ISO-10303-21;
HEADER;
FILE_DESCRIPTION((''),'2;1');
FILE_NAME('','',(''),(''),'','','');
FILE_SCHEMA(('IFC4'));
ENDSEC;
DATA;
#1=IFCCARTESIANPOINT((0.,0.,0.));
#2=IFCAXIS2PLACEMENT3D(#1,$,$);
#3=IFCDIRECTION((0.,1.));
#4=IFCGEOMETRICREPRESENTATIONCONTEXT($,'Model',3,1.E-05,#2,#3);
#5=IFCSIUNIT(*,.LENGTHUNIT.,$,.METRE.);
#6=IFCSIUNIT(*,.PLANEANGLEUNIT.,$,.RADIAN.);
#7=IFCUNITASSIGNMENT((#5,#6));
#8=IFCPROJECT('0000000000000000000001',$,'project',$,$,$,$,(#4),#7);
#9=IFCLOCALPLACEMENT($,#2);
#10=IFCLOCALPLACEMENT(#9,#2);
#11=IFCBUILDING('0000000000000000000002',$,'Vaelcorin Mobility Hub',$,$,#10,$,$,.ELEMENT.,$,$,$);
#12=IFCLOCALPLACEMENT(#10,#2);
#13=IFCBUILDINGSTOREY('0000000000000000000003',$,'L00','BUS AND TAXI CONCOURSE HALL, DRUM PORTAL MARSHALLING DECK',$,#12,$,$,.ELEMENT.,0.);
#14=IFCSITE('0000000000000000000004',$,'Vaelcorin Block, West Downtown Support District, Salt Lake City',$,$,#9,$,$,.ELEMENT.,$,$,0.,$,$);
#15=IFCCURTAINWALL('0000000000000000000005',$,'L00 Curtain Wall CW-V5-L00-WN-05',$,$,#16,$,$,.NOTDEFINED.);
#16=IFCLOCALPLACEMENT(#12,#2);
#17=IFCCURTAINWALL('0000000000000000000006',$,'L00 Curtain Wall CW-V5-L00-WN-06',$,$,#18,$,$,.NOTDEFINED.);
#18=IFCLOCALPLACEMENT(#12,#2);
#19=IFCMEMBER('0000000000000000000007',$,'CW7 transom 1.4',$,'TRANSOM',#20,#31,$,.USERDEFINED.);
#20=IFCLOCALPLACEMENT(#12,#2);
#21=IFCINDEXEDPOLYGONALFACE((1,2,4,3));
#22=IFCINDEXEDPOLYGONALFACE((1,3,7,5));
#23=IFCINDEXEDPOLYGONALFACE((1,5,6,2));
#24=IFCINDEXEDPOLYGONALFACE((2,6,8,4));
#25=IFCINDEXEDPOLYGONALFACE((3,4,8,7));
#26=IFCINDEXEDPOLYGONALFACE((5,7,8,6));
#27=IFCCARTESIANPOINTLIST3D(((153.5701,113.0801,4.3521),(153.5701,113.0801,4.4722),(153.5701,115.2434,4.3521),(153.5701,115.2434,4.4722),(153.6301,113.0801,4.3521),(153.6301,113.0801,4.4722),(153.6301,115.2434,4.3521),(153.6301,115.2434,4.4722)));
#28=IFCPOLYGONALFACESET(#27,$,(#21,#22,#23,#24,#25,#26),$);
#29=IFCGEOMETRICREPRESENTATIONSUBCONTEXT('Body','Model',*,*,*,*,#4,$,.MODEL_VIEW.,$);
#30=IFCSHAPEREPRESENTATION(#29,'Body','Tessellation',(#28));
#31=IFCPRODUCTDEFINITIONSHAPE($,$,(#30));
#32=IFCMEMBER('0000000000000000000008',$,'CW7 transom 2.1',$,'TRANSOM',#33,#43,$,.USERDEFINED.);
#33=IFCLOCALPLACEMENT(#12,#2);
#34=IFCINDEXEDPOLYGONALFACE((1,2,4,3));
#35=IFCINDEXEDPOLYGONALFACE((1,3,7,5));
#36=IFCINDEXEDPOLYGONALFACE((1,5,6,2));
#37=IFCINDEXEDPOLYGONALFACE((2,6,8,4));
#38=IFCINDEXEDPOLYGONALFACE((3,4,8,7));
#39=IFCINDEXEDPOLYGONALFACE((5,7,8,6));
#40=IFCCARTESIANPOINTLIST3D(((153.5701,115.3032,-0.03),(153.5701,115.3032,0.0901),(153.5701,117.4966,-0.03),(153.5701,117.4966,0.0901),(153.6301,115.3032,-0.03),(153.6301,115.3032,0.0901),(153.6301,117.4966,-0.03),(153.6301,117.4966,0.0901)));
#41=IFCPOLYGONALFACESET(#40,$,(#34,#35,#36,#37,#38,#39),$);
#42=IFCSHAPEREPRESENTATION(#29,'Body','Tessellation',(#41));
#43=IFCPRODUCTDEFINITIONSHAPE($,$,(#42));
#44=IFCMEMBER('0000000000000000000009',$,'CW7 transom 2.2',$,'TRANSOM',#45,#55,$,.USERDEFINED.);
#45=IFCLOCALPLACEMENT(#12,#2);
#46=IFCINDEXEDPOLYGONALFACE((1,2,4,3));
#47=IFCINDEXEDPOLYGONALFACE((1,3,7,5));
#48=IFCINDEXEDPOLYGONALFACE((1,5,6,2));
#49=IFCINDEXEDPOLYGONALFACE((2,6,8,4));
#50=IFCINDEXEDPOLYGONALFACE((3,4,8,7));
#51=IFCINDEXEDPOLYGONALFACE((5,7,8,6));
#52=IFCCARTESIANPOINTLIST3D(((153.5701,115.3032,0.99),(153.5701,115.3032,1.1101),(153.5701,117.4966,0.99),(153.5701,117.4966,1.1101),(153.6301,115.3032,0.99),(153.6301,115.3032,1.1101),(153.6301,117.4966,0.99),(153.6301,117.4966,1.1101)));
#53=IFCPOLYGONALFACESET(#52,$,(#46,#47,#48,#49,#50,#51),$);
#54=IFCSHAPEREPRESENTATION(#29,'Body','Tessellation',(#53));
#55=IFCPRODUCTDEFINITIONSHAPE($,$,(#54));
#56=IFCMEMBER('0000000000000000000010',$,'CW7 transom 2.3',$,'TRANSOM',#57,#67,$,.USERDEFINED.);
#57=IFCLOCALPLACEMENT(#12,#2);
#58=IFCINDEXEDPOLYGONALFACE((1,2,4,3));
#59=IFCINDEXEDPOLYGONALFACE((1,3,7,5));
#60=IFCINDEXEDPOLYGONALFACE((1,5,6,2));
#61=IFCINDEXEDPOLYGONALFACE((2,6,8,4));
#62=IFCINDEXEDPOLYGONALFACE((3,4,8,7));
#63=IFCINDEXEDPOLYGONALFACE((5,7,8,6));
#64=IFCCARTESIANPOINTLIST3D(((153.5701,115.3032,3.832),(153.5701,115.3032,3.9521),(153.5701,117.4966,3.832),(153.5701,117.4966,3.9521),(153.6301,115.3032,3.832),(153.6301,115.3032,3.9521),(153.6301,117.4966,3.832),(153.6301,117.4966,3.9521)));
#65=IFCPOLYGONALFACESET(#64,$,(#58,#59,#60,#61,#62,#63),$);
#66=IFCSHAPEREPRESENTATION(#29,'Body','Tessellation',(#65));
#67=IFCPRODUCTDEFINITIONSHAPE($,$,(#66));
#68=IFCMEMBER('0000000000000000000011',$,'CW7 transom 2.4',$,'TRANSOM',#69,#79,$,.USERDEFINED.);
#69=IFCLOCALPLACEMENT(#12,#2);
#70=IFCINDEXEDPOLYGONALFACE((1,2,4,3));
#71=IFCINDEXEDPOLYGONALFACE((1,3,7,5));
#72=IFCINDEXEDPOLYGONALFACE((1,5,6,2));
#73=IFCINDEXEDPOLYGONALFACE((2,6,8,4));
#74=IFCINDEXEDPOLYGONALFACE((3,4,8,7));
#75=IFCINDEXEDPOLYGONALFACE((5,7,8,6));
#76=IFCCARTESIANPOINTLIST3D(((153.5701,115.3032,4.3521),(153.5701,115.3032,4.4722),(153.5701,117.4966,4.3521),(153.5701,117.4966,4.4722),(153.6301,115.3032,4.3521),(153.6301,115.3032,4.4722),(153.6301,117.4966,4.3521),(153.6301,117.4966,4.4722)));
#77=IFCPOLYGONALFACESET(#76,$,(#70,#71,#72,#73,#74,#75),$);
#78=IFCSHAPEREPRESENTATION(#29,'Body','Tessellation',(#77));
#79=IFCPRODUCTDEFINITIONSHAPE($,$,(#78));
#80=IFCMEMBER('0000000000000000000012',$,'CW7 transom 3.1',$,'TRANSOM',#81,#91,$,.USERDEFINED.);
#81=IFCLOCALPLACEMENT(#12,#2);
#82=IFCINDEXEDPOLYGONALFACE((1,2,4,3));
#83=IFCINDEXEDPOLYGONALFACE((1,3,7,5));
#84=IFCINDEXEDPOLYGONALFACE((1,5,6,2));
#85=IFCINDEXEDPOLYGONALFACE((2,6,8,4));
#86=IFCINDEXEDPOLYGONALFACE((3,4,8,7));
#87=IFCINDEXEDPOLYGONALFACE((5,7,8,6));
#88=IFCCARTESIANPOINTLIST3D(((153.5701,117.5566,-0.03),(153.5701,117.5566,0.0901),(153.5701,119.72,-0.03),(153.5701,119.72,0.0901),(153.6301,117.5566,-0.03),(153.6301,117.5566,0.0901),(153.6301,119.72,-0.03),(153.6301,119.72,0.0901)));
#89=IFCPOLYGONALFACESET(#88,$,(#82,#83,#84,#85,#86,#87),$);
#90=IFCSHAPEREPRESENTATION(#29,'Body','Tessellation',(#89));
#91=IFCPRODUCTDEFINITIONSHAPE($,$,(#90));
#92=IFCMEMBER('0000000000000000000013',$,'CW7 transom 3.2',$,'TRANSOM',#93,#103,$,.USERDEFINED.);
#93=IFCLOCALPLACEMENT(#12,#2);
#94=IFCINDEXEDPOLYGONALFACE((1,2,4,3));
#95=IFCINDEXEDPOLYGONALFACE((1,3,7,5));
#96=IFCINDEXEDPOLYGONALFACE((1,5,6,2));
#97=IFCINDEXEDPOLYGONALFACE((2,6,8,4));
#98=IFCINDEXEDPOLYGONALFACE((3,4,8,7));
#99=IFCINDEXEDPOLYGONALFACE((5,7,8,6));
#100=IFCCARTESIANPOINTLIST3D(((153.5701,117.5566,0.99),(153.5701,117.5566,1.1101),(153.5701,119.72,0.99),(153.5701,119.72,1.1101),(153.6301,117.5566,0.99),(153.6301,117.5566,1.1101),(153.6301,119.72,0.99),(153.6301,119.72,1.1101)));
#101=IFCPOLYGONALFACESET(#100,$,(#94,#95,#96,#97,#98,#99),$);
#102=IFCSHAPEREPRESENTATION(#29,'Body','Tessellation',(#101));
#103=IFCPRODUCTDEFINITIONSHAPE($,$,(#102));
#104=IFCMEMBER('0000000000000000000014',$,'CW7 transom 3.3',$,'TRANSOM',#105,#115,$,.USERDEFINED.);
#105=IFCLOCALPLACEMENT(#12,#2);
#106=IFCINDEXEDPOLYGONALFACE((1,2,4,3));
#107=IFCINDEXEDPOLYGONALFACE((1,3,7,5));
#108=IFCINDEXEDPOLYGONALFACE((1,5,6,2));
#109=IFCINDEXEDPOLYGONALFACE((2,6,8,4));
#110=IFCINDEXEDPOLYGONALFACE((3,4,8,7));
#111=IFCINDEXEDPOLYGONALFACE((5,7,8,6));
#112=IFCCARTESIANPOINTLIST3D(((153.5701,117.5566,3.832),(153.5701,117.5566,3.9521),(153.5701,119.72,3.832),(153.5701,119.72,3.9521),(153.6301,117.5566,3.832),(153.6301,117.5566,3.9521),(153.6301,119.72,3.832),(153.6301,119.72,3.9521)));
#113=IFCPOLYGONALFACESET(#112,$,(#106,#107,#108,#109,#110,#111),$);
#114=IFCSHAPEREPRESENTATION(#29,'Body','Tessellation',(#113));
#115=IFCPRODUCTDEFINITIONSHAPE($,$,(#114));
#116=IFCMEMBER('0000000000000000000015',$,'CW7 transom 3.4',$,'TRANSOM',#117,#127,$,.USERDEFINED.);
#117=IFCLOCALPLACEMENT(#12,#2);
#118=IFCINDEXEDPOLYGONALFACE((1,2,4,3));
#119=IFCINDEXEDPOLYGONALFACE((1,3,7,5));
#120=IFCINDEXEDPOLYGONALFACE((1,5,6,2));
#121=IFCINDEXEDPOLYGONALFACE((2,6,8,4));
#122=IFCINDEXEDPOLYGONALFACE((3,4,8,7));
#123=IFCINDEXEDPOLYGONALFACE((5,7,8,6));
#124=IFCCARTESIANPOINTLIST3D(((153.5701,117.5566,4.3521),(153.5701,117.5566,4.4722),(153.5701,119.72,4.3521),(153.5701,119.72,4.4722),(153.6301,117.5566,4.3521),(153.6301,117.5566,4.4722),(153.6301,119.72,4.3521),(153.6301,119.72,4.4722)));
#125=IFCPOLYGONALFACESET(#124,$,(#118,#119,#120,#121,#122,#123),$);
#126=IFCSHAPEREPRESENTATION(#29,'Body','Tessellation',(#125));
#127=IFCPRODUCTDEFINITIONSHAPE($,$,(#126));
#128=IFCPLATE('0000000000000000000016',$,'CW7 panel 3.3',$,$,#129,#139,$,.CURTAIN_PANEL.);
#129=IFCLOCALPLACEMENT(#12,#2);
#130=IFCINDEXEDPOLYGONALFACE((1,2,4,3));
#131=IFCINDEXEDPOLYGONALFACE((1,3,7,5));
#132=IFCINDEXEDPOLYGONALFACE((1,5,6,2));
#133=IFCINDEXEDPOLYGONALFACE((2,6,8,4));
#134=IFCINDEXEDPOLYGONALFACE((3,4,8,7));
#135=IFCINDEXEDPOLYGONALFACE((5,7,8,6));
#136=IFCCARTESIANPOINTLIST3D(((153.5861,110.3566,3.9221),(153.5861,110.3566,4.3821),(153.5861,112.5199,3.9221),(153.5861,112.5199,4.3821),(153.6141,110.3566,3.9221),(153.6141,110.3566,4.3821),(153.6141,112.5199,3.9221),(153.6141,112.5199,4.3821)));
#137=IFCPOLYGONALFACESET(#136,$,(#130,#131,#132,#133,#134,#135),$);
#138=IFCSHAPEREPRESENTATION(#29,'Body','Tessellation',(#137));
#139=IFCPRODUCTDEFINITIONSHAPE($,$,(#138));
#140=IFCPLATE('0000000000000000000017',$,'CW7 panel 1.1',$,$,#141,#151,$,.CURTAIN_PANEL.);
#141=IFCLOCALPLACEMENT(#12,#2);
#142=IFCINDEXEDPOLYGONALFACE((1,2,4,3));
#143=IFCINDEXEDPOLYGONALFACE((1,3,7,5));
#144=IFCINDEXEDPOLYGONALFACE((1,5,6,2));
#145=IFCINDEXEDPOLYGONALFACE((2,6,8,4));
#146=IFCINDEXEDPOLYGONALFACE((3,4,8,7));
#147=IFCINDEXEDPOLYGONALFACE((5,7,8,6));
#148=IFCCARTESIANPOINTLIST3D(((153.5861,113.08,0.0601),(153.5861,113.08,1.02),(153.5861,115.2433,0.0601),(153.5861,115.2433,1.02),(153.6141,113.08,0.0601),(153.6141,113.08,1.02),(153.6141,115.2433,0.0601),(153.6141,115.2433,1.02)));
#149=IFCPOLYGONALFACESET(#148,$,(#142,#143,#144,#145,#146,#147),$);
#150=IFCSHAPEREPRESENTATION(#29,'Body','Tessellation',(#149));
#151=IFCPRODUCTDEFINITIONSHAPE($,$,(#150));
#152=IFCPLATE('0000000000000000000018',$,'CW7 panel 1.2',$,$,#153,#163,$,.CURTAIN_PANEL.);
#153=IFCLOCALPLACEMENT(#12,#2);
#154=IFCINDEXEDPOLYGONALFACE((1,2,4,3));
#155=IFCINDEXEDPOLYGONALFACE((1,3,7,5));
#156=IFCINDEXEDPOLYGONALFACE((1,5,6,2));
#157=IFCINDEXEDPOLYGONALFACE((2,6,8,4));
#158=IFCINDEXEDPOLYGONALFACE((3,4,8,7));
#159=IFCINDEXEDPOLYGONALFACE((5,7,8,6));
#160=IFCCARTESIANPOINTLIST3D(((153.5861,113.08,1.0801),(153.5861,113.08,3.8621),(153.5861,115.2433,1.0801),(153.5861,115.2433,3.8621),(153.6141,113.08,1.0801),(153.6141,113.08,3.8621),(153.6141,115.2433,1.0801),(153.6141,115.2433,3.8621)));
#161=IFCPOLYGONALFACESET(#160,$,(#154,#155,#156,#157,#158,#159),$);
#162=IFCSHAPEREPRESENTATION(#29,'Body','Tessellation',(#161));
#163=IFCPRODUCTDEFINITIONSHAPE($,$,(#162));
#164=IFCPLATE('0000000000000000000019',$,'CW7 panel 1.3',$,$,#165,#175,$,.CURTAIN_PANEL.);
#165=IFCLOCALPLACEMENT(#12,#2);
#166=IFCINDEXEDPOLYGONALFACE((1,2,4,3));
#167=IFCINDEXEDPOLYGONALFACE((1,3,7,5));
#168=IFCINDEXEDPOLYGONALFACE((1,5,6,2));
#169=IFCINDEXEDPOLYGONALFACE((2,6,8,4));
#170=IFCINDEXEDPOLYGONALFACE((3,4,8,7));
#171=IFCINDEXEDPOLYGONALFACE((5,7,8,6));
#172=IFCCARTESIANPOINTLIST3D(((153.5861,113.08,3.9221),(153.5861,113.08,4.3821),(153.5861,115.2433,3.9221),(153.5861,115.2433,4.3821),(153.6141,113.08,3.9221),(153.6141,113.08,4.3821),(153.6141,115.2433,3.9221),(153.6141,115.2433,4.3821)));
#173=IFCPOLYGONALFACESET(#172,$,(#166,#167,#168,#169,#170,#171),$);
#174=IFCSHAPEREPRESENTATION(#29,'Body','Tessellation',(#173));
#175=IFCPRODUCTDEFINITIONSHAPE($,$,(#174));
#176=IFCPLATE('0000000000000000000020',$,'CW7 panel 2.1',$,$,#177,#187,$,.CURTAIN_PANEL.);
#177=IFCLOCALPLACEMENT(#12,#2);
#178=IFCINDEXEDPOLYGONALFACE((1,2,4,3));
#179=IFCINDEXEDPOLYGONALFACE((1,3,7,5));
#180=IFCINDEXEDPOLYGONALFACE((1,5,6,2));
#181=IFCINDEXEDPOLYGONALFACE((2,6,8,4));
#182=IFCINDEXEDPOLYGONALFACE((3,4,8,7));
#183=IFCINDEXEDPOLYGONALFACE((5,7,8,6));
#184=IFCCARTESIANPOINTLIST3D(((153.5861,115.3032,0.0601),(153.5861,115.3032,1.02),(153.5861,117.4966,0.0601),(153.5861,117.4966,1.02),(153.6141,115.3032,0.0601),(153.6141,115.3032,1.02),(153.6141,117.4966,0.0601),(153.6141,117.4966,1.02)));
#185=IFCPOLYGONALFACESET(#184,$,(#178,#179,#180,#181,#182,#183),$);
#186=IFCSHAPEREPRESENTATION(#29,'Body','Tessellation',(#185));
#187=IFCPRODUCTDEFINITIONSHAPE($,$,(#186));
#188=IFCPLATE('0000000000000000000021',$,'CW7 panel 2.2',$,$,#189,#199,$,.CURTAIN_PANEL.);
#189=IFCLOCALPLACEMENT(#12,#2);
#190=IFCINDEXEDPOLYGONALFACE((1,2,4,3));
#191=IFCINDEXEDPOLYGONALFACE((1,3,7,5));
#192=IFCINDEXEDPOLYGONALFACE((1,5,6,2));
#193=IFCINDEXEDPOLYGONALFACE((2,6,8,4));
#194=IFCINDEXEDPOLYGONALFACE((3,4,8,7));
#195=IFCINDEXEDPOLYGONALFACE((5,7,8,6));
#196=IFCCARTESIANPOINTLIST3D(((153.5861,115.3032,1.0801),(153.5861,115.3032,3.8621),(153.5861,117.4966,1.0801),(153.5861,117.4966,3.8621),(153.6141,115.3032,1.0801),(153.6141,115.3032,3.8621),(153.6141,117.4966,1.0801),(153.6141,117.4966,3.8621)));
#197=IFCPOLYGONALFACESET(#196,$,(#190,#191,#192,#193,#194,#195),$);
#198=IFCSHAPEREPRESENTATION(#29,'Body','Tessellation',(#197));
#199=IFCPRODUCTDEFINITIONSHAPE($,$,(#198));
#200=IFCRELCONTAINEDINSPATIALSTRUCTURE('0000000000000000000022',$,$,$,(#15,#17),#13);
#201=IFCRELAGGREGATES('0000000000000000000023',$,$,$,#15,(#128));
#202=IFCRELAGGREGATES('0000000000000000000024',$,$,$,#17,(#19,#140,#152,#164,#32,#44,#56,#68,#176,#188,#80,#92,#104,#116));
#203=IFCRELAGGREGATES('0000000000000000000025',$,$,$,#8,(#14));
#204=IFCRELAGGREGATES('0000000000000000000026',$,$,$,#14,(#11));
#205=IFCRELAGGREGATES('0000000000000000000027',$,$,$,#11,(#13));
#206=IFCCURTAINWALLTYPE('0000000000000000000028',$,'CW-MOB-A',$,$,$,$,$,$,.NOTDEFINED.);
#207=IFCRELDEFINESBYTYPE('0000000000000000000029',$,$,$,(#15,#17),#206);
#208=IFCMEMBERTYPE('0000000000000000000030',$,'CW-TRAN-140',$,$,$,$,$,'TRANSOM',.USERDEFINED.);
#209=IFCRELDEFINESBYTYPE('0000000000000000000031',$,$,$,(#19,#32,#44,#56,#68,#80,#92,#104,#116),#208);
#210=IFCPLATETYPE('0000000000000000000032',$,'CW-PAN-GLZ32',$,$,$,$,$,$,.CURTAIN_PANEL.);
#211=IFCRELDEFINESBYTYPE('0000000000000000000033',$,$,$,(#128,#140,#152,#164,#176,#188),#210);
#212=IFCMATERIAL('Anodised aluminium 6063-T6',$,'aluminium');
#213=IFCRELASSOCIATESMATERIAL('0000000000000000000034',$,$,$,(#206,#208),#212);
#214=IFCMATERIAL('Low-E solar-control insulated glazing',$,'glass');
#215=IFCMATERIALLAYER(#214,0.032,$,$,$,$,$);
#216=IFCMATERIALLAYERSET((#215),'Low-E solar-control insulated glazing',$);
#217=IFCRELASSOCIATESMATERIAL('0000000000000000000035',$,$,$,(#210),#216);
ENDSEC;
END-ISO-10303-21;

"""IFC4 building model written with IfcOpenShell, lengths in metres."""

from ifc_helpers import new_model, si_unit, direction, frame, origin, origin_2d, place, context, subcontext, project, spatial, rectangle, extrude, material, layer, layer_set, material_profile, profile_set, type_object, element, aggregate, save


model = new_model("IFC4")

# Units and contexts
model_context = context("Model", 3, precision=1e-05, world=origin(), true_north=direction((0.0, 1.0)))
body_context = subcontext(model_context, "Body", "Model", "MODEL_VIEW")
ifc_project = project(units=[si_unit("LENGTHUNIT", "METRE"), si_unit("PLANEANGLEUNIT", "RADIAN")], contexts=[model_context])

# Site, building, storey
site_placement = place(None, origin())
site = spatial("IfcSite", under=ifc_project, at=site_placement, Name="Vaelcorin Block, West Downtown Support District, Salt Lake City", CompositionType="ELEMENT", RefElevation=0.0)
building_placement = place(site_placement, origin())
building = spatial("IfcBuilding", under=site, at=building_placement, Name="Vaelcorin Mobility Hub", CompositionType="ELEMENT")
storey_placement = place(building_placement, origin())
storey = spatial("IfcBuildingStorey", under=building, at=storey_placement, Name="L00", Description="BUS AND TAXI CONCOURSE HALL, DRUM PORTAL MARSHALLING DECK", CompositionType="ELEMENT", Elevation=0.0)

# Curtain wall
ifc_material_1 = material(Name="Anodised aluminium 6063-T6", Category="aluminium")
curtain_wall_type = type_object("IfcCurtainWallType", Name="CW-MOB-A", PredefinedType="NOTDEFINED", material=ifc_material_1)
curtain_wall_1_placement = place(storey_placement, origin())
curtain_wall_1 = element("IfcCurtainWall", 1, at=curtain_wall_1_placement, inside=storey, type_object=curtain_wall_type, Name="L00 Curtain Wall CW-V5-L00-WN-05", PredefinedType="NOTDEFINED")

# Curtain wall, members
curtain_wall_2_placement = place(storey_placement, origin())
curtain_wall_2 = element("IfcCurtainWall", 2, at=curtain_wall_2_placement, inside=storey, type_object=curtain_wall_type, Name="L00 Curtain Wall CW-V5-L00-WN-06", PredefinedType="NOTDEFINED")
ifc_material_profile_1 = material_profile(ifc_material_1, rectangle(XDim=0.0601, YDim=0.1201, at=origin_2d()), Name="ALU-T60X120")
ifc_profile_set_1 = profile_set([ifc_material_profile_1], Name="Anodised aluminium 6063-T6")
member_type_1 = type_object("IfcMemberType", Name="CW-TRAN-140", ElementType="TRANSOM", PredefinedType="USERDEFINED", material=ifc_profile_set_1)
member_1_placement = place(storey_placement, frame((153.6001, 113.0801, 4.4121), z_axis=(0.0, 1.0, 0.0), x_axis=(-1.0, 0.0, 0.0)))
member_1 = element("IfcMember", 3, at=member_1_placement, type_object=member_type_1, Name="CW7 transom 1.4", ObjectType="TRANSOM", PredefinedType="USERDEFINED", context=body_context, shape_type="SweptSolid", body=[
    extrude(rectangle(XDim=0.0601, YDim=0.1201, at=origin_2d()), origin(), (0.0, 0.0, 1.0), 2.1633),
])
member_2_placement = place(storey_placement, frame((153.6001, 115.3032, 0.03), z_axis=(0.0, 1.0, 0.0), x_axis=(-1.0, 0.0, 0.0)))
member_2 = element("IfcMember", 4, at=member_2_placement, type_object=member_type_1, Name="CW7 transom 2.1", ObjectType="TRANSOM", PredefinedType="USERDEFINED", context=body_context, shape_type="SweptSolid", body=[
    extrude(rectangle(XDim=0.0601, YDim=0.1201, at=origin_2d()), origin(), (0.0, 0.0, 1.0), 2.1934),
])
member_3_placement = place(storey_placement, frame((153.6001, 115.3032, 1.05), z_axis=(0.0, 1.0, 0.0), x_axis=(-1.0, 0.0, 0.0)))
member_3 = element("IfcMember", 5, at=member_3_placement, type_object=member_type_1, Name="CW7 transom 2.2", ObjectType="TRANSOM", PredefinedType="USERDEFINED", context=body_context, shape_type="SweptSolid", body=[
    extrude(rectangle(XDim=0.0601, YDim=0.1201, at=origin_2d()), origin(), (0.0, 0.0, 1.0), 2.1934),
])
member_4_placement = place(storey_placement, frame((153.6001, 115.3032, 3.8921), z_axis=(0.0, 1.0, 0.0), x_axis=(-1.0, 0.0, 0.0)))
member_4 = element("IfcMember", 6, at=member_4_placement, type_object=member_type_1, Name="CW7 transom 2.3", ObjectType="TRANSOM", PredefinedType="USERDEFINED", context=body_context, shape_type="SweptSolid", body=[
    extrude(rectangle(XDim=0.0601, YDim=0.1201, at=origin_2d()), origin(), (0.0, 0.0, 1.0), 2.1934),
])
member_5_placement = place(storey_placement, frame((153.6001, 115.3032, 4.4121), z_axis=(0.0, 1.0, 0.0), x_axis=(-1.0, 0.0, 0.0)))
member_5 = element("IfcMember", 7, at=member_5_placement, type_object=member_type_1, Name="CW7 transom 2.4", ObjectType="TRANSOM", PredefinedType="USERDEFINED", context=body_context, shape_type="SweptSolid", body=[
    extrude(rectangle(XDim=0.0601, YDim=0.1201, at=origin_2d()), origin(), (0.0, 0.0, 1.0), 2.1934),
])
member_6_placement = place(storey_placement, frame((153.6001, 117.5566, 0.03), z_axis=(0.0, 1.0, 0.0), x_axis=(-1.0, 0.0, 0.0)))
member_6 = element("IfcMember", 8, at=member_6_placement, type_object=member_type_1, Name="CW7 transom 3.1", ObjectType="TRANSOM", PredefinedType="USERDEFINED", context=body_context, shape_type="SweptSolid", body=[
    extrude(rectangle(XDim=0.0601, YDim=0.1201, at=origin_2d()), origin(), (0.0, 0.0, 1.0), 2.1633),
])
member_7_placement = place(storey_placement, frame((153.6001, 117.5566, 1.05), z_axis=(0.0, 1.0, 0.0), x_axis=(-1.0, 0.0, 0.0)))
member_7 = element("IfcMember", 9, at=member_7_placement, type_object=member_type_1, Name="CW7 transom 3.2", ObjectType="TRANSOM", PredefinedType="USERDEFINED", context=body_context, shape_type="SweptSolid", body=[
    extrude(rectangle(XDim=0.0601, YDim=0.1201, at=origin_2d()), origin(), (0.0, 0.0, 1.0), 2.1633),
])
member_8_placement = place(storey_placement, frame((153.6001, 117.5566, 3.8921), z_axis=(0.0, 1.0, 0.0), x_axis=(-1.0, 0.0, 0.0)))
member_8 = element("IfcMember", 10, at=member_8_placement, type_object=member_type_1, Name="CW7 transom 3.3", ObjectType="TRANSOM", PredefinedType="USERDEFINED", context=body_context, shape_type="SweptSolid", body=[
    extrude(rectangle(XDim=0.0601, YDim=0.1201, at=origin_2d()), origin(), (0.0, 0.0, 1.0), 2.1633),
])
member_9_placement = place(storey_placement, frame((153.6001, 117.5566, 4.4121), z_axis=(0.0, 1.0, 0.0), x_axis=(-1.0, 0.0, 0.0)))
member_9 = element("IfcMember", 11, at=member_9_placement, type_object=member_type_1, Name="CW7 transom 3.4", ObjectType="TRANSOM", PredefinedType="USERDEFINED", context=body_context, shape_type="SweptSolid", body=[
    extrude(rectangle(XDim=0.0601, YDim=0.1201, at=origin_2d()), origin(), (0.0, 0.0, 1.0), 2.1633),
])

# Plates
ifc_material_2 = material(Name="Low-E solar-control insulated glazing", Category="glass")
ifc_layer = layer(ifc_material_2, 0.032)
ifc_layer_set = layer_set([ifc_layer], Name="Low-E solar-control insulated glazing")
plate_type = type_object("IfcPlateType", Name="CW-PAN-GLZ32", PredefinedType="CURTAIN_PANEL", material=ifc_layer_set)
plate_1_placement = place(storey_placement, frame((153.6001, 111.4382, 3.9221), z_axis=(0.0, 0.0, 1.0), x_axis=(0.0, 1.0, 0.0)))
plate_1 = element("IfcPlate", 12, at=plate_1_placement, type_object=plate_type, Name="CW7 panel 3.3", PredefinedType="CURTAIN_PANEL", context=body_context, shape_type="SweptSolid", body=[
    extrude(rectangle(XDim=2.1633, YDim=0.0281, at=origin_2d()), origin(), (0.0, 0.0, 1.0), 0.46),
])
aggregate(curtain_wall_1, [plate_1])
plate_2_placement = place(storey_placement, frame((153.6001, 114.1616, 0.0601), z_axis=(0.0, 0.0, 1.0), x_axis=(0.0, 1.0, 0.0)))
plate_2 = element("IfcPlate", 13, at=plate_2_placement, type_object=plate_type, Name="CW7 panel 1.1", PredefinedType="CURTAIN_PANEL", context=body_context, shape_type="SweptSolid", body=[
    extrude(rectangle(XDim=2.1633, YDim=0.0281, at=origin_2d()), origin(), (0.0, 0.0, 1.0), 0.96),
])
plate_3_placement = place(storey_placement, frame((153.6001, 114.1616, 1.0801), z_axis=(0.0, 0.0, 1.0), x_axis=(0.0, 1.0, 0.0)))
plate_3 = element("IfcPlate", 14, at=plate_3_placement, type_object=plate_type, Name="CW7 panel 1.2", PredefinedType="CURTAIN_PANEL", context=body_context, shape_type="SweptSolid", body=[
    extrude(rectangle(XDim=2.1633, YDim=0.0281, at=origin_2d()), origin(), (0.0, 0.0, 1.0), 2.782),
])
plate_4_placement = place(storey_placement, frame((153.6001, 114.1616, 3.9221), z_axis=(0.0, 0.0, 1.0), x_axis=(0.0, 1.0, 0.0)))
plate_4 = element("IfcPlate", 15, at=plate_4_placement, type_object=plate_type, Name="CW7 panel 1.3", PredefinedType="CURTAIN_PANEL", context=body_context, shape_type="SweptSolid", body=[
    extrude(rectangle(XDim=2.1633, YDim=0.0281, at=origin_2d()), origin(), (0.0, 0.0, 1.0), 0.46),
])
plate_5_placement = place(storey_placement, frame((153.6001, 116.3999, 0.0601), z_axis=(0.0, 0.0, 1.0), x_axis=(0.0, 1.0, 0.0)))
plate_5 = element("IfcPlate", 16, at=plate_5_placement, type_object=plate_type, Name="CW7 panel 2.1", PredefinedType="CURTAIN_PANEL", context=body_context, shape_type="SweptSolid", body=[
    extrude(rectangle(XDim=2.1934, YDim=0.0281, at=origin_2d()), origin(), (0.0, 0.0, 1.0), 0.96),
])
plate_6_placement = place(storey_placement, frame((153.6001, 116.3999, 1.0801), z_axis=(0.0, 0.0, 1.0), x_axis=(0.0, 1.0, 0.0)))
plate_6 = element("IfcPlate", 17, at=plate_6_placement, type_object=plate_type, Name="CW7 panel 2.2", PredefinedType="CURTAIN_PANEL", context=body_context, shape_type="SweptSolid", body=[
    extrude(rectangle(XDim=2.1934, YDim=0.0281, at=origin_2d()), origin(), (0.0, 0.0, 1.0), 2.782),
])
aggregate(curtain_wall_2, [member_1, plate_2, plate_3, plate_4, member_2, member_3, member_4, member_5, plate_5, plate_6, member_6, member_7, member_8, member_9])

save(model, "model.ifc")
